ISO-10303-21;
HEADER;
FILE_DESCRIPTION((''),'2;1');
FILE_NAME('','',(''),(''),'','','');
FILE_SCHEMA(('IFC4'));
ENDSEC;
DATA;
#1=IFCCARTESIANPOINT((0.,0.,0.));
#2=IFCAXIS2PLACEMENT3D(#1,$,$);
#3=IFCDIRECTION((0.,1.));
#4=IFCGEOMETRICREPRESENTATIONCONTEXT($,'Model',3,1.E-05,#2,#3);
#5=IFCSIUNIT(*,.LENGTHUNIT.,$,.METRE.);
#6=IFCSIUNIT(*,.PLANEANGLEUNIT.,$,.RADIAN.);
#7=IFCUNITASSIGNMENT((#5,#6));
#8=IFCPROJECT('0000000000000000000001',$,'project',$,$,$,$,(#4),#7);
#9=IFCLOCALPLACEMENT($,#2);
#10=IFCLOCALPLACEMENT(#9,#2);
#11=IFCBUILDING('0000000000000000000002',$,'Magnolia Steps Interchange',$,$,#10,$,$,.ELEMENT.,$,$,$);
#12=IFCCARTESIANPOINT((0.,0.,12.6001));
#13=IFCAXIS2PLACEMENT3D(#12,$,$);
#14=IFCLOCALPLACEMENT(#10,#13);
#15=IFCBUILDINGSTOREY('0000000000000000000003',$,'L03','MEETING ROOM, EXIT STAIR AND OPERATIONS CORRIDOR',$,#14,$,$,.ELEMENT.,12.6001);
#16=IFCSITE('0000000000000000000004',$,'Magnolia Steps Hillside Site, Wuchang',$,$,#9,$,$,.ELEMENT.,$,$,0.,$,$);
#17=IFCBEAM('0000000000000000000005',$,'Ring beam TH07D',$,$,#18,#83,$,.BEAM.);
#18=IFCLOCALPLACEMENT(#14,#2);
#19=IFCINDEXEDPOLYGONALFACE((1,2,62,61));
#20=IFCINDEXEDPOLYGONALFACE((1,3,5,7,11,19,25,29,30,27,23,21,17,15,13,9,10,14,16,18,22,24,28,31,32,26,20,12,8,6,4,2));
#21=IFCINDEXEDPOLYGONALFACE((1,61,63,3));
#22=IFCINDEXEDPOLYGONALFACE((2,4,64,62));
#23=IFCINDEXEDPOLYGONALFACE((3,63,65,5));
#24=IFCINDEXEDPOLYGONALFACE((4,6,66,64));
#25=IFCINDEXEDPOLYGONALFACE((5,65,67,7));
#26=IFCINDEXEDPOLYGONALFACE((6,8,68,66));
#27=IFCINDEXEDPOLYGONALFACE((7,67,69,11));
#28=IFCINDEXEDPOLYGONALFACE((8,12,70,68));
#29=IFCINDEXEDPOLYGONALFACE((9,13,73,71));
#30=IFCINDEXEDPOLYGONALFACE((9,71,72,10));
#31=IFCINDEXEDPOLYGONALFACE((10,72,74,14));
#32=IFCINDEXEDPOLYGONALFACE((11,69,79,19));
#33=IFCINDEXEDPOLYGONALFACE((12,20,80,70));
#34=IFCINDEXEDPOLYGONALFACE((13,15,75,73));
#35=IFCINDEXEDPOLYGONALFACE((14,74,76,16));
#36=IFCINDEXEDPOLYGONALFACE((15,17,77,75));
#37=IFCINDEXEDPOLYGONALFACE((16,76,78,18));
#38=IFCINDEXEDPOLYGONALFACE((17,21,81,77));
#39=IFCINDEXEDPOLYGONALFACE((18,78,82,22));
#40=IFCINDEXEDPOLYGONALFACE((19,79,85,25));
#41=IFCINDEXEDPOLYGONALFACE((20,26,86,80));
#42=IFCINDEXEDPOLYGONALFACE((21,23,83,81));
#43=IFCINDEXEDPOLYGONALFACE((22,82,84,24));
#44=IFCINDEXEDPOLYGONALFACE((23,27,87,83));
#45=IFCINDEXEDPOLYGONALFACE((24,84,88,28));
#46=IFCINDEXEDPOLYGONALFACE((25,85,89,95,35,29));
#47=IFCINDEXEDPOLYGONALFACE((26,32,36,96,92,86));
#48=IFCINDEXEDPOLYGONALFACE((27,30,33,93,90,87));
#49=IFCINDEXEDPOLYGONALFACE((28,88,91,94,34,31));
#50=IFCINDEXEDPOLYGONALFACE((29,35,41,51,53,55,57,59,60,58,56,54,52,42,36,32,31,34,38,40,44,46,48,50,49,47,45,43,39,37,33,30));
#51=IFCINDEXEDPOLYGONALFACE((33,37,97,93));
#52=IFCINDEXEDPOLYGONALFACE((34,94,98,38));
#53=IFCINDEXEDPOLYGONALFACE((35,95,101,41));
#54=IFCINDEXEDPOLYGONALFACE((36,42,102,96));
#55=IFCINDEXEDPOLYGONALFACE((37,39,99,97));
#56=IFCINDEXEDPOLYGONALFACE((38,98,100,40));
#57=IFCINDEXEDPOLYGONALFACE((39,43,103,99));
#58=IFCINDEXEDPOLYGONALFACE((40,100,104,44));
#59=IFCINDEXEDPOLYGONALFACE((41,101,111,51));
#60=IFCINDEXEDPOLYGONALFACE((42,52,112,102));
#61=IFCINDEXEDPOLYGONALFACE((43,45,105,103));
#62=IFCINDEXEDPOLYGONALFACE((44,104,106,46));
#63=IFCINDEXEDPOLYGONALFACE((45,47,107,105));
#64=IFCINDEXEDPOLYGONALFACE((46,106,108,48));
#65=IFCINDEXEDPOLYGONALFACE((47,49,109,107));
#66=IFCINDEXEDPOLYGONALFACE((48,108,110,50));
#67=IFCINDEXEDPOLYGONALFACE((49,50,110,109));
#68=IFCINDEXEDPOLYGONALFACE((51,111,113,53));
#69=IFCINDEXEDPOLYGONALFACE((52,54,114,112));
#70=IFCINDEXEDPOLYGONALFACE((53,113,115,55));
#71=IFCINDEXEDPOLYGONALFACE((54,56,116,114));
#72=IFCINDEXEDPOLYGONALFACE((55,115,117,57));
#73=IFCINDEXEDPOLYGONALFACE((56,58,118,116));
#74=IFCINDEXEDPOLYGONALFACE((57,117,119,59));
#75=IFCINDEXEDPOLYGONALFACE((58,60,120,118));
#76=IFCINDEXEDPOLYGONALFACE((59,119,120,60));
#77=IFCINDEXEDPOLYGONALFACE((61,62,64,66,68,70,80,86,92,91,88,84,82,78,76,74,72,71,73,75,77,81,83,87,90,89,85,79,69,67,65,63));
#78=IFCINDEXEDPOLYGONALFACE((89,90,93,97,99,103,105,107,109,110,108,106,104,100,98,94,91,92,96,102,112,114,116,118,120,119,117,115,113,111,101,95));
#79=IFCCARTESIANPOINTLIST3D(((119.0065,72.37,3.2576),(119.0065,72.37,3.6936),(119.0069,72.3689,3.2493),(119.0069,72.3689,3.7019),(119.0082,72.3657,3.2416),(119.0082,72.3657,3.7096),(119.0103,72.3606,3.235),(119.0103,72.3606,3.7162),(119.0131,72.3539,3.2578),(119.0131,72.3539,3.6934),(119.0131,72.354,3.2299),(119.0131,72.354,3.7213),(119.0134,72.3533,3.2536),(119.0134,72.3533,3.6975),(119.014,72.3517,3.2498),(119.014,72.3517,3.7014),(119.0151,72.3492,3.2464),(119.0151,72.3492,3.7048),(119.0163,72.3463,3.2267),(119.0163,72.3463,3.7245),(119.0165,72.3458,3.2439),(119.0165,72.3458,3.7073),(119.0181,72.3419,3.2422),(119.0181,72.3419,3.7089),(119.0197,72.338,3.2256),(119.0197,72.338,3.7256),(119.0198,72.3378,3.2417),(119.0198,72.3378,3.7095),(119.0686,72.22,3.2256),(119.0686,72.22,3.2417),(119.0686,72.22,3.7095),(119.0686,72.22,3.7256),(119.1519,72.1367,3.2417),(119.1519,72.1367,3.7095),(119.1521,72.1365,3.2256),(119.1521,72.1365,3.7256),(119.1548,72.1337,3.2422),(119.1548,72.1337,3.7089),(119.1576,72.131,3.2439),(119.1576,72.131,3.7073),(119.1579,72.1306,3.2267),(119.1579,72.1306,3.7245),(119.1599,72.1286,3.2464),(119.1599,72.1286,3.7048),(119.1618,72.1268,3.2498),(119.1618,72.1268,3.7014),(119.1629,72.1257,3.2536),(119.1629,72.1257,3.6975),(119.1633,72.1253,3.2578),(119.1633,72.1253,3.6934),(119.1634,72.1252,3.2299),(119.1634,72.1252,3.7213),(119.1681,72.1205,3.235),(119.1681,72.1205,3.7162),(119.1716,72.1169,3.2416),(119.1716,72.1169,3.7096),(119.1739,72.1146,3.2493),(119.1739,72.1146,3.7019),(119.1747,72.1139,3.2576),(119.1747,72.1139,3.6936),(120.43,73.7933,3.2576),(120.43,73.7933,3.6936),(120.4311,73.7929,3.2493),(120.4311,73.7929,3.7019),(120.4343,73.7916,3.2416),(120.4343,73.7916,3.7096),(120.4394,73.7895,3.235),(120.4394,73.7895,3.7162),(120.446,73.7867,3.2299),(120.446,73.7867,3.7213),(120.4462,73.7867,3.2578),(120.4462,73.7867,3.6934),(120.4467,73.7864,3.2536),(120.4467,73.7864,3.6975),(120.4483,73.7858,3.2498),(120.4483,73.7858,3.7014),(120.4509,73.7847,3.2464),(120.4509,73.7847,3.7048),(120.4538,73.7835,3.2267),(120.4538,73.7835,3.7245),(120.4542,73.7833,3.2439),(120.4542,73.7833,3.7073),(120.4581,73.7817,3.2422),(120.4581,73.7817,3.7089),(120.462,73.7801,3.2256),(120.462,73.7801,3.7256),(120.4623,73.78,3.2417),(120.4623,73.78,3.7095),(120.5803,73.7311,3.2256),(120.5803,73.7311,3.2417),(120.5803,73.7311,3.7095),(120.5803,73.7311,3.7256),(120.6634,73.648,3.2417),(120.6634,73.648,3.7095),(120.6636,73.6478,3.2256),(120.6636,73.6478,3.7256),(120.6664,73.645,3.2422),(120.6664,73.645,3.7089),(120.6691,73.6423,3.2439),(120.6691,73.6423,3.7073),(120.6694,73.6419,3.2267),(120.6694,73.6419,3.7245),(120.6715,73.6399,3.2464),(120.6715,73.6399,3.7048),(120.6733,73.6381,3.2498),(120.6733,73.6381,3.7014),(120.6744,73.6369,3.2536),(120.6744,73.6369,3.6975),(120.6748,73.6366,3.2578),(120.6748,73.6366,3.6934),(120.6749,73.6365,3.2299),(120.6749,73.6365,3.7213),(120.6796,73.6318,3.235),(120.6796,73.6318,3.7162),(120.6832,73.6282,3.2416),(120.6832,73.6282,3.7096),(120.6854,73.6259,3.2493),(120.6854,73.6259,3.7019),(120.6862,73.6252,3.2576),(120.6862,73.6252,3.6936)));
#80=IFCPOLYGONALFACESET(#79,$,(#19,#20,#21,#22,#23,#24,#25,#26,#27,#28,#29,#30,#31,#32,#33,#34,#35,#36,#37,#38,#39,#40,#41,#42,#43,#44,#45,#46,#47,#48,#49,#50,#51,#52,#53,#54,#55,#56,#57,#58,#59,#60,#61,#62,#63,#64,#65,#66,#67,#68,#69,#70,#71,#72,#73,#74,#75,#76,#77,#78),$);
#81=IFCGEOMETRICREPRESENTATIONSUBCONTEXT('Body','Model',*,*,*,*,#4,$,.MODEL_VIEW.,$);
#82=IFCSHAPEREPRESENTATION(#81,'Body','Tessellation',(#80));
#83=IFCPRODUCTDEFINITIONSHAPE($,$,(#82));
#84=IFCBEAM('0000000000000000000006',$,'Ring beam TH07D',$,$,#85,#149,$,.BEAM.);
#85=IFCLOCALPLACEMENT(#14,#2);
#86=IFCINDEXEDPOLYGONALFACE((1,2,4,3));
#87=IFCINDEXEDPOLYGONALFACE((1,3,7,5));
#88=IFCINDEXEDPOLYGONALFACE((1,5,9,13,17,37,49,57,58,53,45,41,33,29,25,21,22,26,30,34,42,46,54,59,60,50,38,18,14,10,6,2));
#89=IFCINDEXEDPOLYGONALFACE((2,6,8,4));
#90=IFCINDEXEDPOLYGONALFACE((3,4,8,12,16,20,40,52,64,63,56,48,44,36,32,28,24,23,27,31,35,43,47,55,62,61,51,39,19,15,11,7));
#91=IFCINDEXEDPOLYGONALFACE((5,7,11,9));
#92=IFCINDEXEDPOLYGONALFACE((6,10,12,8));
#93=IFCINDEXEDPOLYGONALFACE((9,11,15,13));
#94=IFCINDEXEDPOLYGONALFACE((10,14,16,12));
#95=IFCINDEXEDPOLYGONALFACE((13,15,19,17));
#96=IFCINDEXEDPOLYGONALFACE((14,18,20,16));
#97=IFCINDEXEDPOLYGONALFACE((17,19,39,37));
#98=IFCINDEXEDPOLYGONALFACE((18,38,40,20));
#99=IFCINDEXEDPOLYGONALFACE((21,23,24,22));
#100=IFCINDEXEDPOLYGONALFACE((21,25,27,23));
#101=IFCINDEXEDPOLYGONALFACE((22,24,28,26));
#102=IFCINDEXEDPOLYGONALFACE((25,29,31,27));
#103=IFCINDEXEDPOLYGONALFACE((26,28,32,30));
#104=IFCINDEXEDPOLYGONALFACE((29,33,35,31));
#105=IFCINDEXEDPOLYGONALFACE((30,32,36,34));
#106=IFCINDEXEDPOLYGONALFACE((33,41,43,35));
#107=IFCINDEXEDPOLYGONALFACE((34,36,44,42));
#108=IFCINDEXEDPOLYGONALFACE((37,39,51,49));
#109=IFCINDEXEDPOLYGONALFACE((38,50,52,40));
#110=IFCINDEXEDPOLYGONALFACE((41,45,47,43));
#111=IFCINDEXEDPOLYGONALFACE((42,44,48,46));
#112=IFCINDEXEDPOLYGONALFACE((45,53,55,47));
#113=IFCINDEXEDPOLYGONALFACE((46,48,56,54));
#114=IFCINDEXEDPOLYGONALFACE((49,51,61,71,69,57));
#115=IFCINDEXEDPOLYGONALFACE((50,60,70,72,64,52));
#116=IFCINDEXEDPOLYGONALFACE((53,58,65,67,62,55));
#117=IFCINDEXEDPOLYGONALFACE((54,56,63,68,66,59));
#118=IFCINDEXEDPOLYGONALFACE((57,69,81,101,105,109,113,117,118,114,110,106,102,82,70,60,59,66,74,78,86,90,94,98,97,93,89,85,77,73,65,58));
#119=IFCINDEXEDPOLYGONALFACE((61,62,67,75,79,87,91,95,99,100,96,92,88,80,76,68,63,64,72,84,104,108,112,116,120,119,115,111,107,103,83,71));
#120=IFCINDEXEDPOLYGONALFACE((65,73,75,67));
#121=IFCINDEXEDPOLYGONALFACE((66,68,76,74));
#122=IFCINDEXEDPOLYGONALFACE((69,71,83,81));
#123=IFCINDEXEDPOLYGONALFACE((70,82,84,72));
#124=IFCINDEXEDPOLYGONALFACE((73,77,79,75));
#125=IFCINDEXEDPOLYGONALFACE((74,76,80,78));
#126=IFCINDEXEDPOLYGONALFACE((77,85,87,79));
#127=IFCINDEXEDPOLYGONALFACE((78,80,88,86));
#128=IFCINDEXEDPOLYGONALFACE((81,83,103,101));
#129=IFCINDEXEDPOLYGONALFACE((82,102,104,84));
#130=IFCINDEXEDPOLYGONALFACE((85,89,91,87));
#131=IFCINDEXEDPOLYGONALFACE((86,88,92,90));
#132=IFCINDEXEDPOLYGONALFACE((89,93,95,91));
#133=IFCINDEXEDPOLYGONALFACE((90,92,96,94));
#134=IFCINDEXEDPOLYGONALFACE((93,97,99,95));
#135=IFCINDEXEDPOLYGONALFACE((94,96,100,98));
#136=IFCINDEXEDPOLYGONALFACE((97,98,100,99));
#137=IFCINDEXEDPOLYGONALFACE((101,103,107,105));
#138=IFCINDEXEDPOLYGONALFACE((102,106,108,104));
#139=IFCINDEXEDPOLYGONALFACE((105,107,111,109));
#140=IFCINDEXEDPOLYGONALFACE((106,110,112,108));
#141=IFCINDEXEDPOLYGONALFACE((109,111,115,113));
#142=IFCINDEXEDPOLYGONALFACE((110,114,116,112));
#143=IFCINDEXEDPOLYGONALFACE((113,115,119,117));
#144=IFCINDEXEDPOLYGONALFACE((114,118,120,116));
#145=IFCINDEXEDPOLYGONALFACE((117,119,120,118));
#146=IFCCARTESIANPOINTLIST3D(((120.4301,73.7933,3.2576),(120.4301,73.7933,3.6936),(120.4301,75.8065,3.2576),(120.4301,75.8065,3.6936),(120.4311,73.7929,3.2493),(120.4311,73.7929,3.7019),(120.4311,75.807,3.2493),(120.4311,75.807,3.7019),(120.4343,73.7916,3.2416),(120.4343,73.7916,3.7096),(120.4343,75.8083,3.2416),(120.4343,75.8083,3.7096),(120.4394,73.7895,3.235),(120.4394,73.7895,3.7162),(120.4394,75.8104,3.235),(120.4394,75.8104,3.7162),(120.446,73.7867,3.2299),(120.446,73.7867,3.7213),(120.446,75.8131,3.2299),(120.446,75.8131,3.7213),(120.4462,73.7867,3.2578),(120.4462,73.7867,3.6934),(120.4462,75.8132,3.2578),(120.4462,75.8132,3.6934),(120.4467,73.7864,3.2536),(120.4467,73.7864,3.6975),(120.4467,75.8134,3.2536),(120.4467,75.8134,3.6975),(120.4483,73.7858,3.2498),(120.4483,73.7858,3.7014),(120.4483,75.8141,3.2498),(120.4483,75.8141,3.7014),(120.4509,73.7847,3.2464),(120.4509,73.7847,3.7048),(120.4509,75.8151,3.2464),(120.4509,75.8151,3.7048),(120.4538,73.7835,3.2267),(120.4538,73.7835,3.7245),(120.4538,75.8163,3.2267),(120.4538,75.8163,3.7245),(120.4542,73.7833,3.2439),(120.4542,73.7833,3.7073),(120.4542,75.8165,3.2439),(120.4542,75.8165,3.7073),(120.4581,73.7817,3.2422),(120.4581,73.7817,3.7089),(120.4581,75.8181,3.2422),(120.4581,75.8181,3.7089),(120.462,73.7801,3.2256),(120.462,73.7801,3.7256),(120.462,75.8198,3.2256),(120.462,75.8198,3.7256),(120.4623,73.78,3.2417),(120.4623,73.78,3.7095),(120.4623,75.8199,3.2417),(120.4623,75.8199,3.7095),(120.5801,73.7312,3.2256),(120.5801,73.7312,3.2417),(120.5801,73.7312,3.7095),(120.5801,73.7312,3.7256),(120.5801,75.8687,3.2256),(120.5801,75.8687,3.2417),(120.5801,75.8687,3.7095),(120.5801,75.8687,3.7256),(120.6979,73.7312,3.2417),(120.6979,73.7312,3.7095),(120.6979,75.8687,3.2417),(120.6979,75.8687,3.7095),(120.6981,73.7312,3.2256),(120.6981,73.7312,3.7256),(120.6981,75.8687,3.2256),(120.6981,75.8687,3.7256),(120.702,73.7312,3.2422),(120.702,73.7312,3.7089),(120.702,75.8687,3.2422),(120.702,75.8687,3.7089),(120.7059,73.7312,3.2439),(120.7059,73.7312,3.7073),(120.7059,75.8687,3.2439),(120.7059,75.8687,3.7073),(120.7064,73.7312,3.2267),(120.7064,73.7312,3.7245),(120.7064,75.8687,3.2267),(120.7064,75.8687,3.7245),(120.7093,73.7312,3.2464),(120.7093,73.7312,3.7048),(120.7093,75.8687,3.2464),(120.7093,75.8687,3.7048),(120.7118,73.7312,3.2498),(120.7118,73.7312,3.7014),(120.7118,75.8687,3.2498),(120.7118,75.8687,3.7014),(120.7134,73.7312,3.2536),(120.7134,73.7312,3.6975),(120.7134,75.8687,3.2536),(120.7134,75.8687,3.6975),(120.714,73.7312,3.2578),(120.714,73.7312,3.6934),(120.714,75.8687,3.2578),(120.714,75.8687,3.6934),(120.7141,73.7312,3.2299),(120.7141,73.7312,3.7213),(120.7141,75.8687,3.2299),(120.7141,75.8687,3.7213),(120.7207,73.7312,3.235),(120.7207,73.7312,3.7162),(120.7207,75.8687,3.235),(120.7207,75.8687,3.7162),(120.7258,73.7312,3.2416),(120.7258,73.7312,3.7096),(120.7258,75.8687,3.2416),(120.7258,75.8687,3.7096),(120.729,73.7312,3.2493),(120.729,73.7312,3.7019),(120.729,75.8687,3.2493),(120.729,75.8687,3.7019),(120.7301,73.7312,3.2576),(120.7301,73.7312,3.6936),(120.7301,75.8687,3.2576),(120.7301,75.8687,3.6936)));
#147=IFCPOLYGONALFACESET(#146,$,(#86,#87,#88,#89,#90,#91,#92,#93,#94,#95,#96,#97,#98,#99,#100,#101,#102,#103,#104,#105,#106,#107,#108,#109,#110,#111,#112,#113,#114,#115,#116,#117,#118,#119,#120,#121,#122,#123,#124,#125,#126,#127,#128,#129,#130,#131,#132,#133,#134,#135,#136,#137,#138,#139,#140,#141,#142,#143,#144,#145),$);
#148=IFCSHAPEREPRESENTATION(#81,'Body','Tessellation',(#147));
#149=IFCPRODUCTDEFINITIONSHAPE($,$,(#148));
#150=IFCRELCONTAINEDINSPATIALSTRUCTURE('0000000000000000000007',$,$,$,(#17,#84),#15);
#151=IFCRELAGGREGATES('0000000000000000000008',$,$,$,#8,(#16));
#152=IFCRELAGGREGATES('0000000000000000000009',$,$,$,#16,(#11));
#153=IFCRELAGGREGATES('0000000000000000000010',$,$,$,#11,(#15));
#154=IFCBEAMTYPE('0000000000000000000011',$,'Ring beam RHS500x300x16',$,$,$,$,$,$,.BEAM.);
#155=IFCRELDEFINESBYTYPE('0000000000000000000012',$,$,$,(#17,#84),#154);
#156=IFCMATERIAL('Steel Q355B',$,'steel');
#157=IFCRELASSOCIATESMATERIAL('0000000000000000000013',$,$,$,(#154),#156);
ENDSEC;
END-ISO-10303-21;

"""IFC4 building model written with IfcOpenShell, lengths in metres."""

from ifc_helpers import new_model, si_unit, direction, frame, origin, origin_2d, place, context, subcontext, project, spatial, hollow_rectangle, extrude, clip, halfspace, material, material_profile, profile_set, type_object, element, save


model = new_model("IFC4")

# Units and contexts
model_context = context("Model", 3, precision=1e-05, world=origin(), true_north=direction((0.0, 1.0)))
body_context = subcontext(model_context, "Body", "Model", "MODEL_VIEW")
ifc_project = project(units=[si_unit("LENGTHUNIT", "METRE"), si_unit("PLANEANGLEUNIT", "RADIAN")], contexts=[model_context])

# Site, building, storey
site_placement = place(None, origin())
site = spatial("IfcSite", under=ifc_project, at=site_placement, Name="Magnolia Steps Hillside Site, Wuchang", CompositionType="ELEMENT", RefElevation=0.0)
building_placement = place(site_placement, origin())
building = spatial("IfcBuilding", under=site, at=building_placement, Name="Magnolia Steps Interchange", CompositionType="ELEMENT")
storey_placement = place(building_placement, frame((0.0, 0.0, 12.6001)))
storey = spatial("IfcBuildingStorey", under=building, at=storey_placement, Name="L03", Description="MEETING ROOM, EXIT STAIR AND OPERATIONS CORRIDOR", CompositionType="ELEMENT", Elevation=12.6001)

# Beams
ifc_material_1 = material(Name="Steel Q355B", Category="steel")
ifc_material_profile_1 = material_profile(ifc_material_1, hollow_rectangle(XDim=0.3, YDim=0.5, WallThickness=0.0161, InnerFilletRadius=0.0161, OuterFilletRadius=0.032, at=origin_2d()), Name="RHS500x300x16")
ifc_profile_set_1 = profile_set([ifc_material_profile_1], Name="Steel Q355B")
beam_type_1 = type_object("IfcBeamType", Name="Ring beam RHS500x300x16", PredefinedType="BEAM", material=ifc_profile_set_1)
beam_1_placement = place(storey_placement, frame((119.0686, 72.22, 3.4756), z_axis=(0.707164, 0.70705, 0.0), x_axis=(-0.70705, 0.707164, 0.0)))
element("IfcBeam", 1, at=beam_1_placement, inside=storey, type_object=beam_type_1, Name="Ring beam TH07D", PredefinedType="BEAM", context=body_context, shape_type="Clipping", body=[
    clip(clip(extrude(hollow_rectangle(XDim=0.3, YDim=0.5, WallThickness=0.0161, InnerFilletRadius=0.0161, OuterFilletRadius=0.032, at=origin_2d()), origin(), (0.0, 0.0, 1.0), 2.1375), halfspace(frame((0.0, 0.0, 0.0), z_axis=(0.382609, 0.0, -0.92391), x_axis=(0.92391, 0.0, 0.382609)), False)), halfspace(frame((0.0, 0.0, 2.1374), z_axis=(0.382758, 0.0, 0.923849), x_axis=(0.923849, 0.0, -0.382758)), False)),
])
beam_2_placement = place(storey_placement, frame((120.5801, 73.7312, 3.4756), z_axis=(0.0, 1.0, 0.0), x_axis=(-1.0, 0.0, 0.0)))
element("IfcBeam", 2, at=beam_2_placement, inside=storey, type_object=beam_type_1, Name="Ring beam TH07D", PredefinedType="BEAM", context=body_context, shape_type="Clipping", body=[
    clip(clip(extrude(hollow_rectangle(XDim=0.3, YDim=0.5, WallThickness=0.0161, InnerFilletRadius=0.0161, OuterFilletRadius=0.032, at=origin_2d()), origin(), (0.0, 0.0, 1.0), 2.1375), halfspace(frame((0.0, 0.0, 0.0), z_axis=(0.382683, 0.0, -0.92388), x_axis=(0.92388, 0.0, 0.382683)), False)), halfspace(frame((0.0, 0.0, 2.1375), z_axis=(0.382683, 0.0, 0.92388), x_axis=(0.92388, 0.0, -0.382683)), False)),
])

save(model, "model.ifc")
